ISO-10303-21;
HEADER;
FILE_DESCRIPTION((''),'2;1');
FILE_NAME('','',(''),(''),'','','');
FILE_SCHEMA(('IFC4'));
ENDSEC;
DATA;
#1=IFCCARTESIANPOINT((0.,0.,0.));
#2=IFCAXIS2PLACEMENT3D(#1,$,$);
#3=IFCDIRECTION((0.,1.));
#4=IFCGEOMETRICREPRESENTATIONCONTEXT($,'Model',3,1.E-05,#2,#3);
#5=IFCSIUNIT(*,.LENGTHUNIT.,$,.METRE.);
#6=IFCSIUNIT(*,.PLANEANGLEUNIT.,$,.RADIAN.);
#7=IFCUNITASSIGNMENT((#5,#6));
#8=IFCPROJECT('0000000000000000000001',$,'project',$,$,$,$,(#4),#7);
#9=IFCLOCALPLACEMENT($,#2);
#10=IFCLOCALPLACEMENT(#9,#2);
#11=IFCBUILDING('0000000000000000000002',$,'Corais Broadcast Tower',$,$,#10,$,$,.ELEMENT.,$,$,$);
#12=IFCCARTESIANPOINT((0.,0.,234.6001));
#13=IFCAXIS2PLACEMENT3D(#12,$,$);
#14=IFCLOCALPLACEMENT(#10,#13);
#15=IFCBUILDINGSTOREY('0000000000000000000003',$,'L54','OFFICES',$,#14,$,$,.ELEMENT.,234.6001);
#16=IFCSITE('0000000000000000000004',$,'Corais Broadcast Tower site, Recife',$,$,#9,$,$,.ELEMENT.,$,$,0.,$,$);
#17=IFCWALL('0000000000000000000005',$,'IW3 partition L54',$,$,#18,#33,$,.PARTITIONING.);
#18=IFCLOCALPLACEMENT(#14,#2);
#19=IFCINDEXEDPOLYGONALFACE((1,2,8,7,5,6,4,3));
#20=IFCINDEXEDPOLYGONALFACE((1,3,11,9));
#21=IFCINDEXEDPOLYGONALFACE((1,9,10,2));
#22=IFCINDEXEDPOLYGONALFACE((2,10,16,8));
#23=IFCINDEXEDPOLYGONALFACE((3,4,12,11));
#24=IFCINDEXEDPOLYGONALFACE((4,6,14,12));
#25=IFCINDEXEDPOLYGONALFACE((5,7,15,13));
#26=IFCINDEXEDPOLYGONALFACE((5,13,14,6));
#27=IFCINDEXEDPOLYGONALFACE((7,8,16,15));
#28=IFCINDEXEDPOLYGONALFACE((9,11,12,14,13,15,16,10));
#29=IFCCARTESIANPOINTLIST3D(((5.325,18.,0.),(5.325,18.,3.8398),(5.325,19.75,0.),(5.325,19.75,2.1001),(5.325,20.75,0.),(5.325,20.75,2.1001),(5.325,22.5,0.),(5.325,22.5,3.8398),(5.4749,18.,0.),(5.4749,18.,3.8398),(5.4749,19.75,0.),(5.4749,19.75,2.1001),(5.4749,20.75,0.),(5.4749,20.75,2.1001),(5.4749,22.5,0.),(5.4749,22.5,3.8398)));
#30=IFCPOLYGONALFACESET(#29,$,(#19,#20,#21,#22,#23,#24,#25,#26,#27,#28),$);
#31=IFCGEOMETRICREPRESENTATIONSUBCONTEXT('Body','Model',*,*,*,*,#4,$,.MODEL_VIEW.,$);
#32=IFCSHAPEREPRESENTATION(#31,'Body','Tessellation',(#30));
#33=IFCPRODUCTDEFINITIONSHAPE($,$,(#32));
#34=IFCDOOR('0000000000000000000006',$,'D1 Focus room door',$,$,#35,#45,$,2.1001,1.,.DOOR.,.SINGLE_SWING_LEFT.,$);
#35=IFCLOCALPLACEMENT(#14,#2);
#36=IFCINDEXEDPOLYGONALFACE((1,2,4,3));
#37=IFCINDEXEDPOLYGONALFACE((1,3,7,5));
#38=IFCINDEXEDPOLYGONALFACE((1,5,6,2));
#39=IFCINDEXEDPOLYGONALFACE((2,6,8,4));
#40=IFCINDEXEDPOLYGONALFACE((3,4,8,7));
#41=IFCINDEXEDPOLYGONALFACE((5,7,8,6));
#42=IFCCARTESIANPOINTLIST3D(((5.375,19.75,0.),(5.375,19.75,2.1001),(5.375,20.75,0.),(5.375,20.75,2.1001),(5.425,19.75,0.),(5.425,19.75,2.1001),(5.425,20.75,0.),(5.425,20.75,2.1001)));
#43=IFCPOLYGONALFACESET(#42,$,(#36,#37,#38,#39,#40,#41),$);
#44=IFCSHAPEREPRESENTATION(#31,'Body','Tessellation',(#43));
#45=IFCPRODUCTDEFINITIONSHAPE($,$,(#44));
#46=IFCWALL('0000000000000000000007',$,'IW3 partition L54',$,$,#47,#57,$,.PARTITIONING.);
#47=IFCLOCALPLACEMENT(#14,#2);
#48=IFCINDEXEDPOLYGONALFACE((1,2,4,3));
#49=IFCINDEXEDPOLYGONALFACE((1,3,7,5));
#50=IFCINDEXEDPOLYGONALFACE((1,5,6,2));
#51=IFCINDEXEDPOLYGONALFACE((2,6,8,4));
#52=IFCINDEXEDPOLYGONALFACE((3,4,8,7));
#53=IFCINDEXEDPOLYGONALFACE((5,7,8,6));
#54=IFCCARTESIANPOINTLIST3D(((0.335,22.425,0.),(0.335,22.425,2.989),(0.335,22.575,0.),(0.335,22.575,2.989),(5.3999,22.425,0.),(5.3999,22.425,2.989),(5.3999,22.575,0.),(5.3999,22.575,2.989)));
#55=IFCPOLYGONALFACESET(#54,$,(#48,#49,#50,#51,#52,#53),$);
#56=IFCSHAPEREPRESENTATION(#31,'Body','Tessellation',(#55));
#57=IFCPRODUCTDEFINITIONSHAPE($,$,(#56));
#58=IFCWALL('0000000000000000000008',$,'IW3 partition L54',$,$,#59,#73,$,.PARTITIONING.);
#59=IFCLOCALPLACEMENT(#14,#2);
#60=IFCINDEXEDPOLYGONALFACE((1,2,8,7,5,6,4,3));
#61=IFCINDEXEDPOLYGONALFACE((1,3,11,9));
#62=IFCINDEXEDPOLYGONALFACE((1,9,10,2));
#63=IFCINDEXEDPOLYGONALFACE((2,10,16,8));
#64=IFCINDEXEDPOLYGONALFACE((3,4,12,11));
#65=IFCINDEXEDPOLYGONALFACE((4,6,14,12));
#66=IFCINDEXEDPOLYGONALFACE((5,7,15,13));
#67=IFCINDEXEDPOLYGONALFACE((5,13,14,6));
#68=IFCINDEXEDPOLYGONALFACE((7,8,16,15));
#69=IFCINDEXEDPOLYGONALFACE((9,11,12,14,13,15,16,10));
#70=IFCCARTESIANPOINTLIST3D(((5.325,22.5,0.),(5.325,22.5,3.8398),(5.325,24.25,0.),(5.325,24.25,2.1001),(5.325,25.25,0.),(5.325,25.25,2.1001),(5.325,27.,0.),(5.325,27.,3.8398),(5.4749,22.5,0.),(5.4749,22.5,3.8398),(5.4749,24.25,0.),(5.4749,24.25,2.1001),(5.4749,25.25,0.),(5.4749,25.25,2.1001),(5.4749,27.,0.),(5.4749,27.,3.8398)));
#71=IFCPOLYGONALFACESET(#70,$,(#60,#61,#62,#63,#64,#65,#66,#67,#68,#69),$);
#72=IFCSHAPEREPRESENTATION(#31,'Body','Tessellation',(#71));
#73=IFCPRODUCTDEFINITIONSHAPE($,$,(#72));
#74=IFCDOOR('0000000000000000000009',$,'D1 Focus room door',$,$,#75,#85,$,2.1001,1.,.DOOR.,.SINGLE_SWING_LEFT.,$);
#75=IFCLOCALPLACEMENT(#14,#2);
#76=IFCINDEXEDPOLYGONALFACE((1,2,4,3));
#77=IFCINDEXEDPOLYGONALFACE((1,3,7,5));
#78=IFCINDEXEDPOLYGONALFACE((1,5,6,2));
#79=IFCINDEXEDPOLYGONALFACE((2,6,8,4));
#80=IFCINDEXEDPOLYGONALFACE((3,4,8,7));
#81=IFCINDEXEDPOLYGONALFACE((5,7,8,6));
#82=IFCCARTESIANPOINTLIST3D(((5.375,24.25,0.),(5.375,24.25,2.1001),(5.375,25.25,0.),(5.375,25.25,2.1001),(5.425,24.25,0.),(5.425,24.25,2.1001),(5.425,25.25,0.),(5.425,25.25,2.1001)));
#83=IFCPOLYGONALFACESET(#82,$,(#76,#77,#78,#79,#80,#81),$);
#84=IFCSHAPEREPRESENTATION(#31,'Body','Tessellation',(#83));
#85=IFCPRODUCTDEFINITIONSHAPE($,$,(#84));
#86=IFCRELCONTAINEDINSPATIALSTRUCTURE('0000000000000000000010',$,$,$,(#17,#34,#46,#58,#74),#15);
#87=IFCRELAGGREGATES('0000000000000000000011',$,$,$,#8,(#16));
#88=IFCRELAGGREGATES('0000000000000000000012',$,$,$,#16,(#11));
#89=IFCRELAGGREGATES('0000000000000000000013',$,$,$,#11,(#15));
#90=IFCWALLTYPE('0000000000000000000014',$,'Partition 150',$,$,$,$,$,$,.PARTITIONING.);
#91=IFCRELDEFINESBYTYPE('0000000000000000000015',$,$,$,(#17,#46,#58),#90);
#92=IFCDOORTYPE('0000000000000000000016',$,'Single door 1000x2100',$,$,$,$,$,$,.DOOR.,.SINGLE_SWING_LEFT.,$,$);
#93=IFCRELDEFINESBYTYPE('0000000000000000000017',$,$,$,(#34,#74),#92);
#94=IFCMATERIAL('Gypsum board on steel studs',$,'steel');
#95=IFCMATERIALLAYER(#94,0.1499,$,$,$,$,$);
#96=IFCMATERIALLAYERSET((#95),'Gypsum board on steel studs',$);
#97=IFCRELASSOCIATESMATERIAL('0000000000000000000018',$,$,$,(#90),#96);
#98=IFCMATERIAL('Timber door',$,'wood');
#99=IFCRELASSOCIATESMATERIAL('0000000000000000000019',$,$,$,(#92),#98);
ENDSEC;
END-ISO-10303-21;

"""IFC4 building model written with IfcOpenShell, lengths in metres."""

from ifc_helpers import new_model, si_unit, direction, frame, frame_2d, origin, place, context, subcontext, project, spatial, rectangle, extrude, material, layer, layer_set, type_object, element, fill, save


model = new_model("IFC4")

# Units and contexts
model_context = context("Model", 3, precision=1e-05, world=origin(), true_north=direction((0.0, 1.0)))
body_context = subcontext(model_context, "Body", "Model", "MODEL_VIEW")
ifc_project = project(units=[si_unit("LENGTHUNIT", "METRE"), si_unit("PLANEANGLEUNIT", "RADIAN")], contexts=[model_context])

# Site, building, storey
site_placement = place(None, origin())
site = spatial("IfcSite", under=ifc_project, at=site_placement, Name="Corais Broadcast Tower site, Recife", CompositionType="ELEMENT", RefElevation=0.0)
building_placement = place(site_placement, origin())
building = spatial("IfcBuilding", under=site, at=building_placement, Name="Corais Broadcast Tower", CompositionType="ELEMENT")
storey_placement = place(building_placement, frame((0.0, 0.0, 234.6001)))
storey = spatial("IfcBuildingStorey", under=building, at=storey_placement, Name="L54", Description="OFFICES", CompositionType="ELEMENT", Elevation=234.6001)

# Shared definitions
ifc_material_1 = material(Name="Gypsum board on steel studs", Category="steel")
ifc_layer_1 = layer(ifc_material_1, 0.1499)
ifc_layer_set_1 = layer_set([ifc_layer_1], Name="Gypsum board on steel studs")
wall_type_1 = type_object("IfcWallType", Name="Partition 150", PredefinedType="PARTITIONING", material=ifc_layer_set_1)

# Wall, opening, door
wall_1_placement = place(storey_placement, frame((5.3999, 18.0, 0.0), z_axis=(0.0, 0.0, 1.0), x_axis=(0.0, 1.0, 0.0)))
wall_1 = element("IfcWall", 1, at=wall_1_placement, inside=storey, type_object=wall_type_1, Name="IW3 partition L54", PredefinedType="PARTITIONING", context=body_context, shape_type="SweptSolid", body=[
    extrude(rectangle(XDim=4.5, YDim=0.1499, at=frame_2d((2.25, 0.0))), origin(), (0.0, 0.0, 1.0), 3.8398),
])
opening_1_placement = place(wall_1_placement, frame((1.75, 0.0, 0.0)))
opening_1 = element("IfcOpeningElement", 2, at=opening_1_placement, cuts=wall_1, PredefinedType="OPENING", context=body_context, shape_type="SweptSolid", body=[
    extrude(rectangle(XDim=1.0, YDim=2.1001, at=frame_2d((0.5, 1.05))), frame((0.0, 0.085, 0.0), z_axis=(0.0, -1.0, 0.0), x_axis=(1.0, 0.0, 0.0)), (0.0, 0.0, 1.0), 0.1699),
])
ifc_material_2 = material(Name="Timber door", Category="wood")
door_type = type_object("IfcDoorType", Name="Single door 1000x2100", OperationType="SINGLE_SWING_LEFT", PredefinedType="DOOR", material=ifc_material_2)
door_1_placement = place(opening_1_placement, origin())
door_1 = element("IfcDoor", 3, at=door_1_placement, inside=storey, type_object=door_type, Name="D1 Focus room door", OperationType="SINGLE_SWING_LEFT", OverallHeight=2.1001, OverallWidth=1.0, PredefinedType="DOOR", context=body_context, shape_type="SweptSolid", body=[
    extrude(rectangle(XDim=1.0, YDim=2.1001, at=frame_2d((0.5, 1.05))), frame((0.0, 0.0249, 0.0), z_axis=(0.0, -1.0, 0.0), x_axis=(1.0, 0.0, 0.0)), (0.0, 0.0, 1.0), 0.05),
])
fill(opening_1, door_1)

# Wall
wall_2_placement = place(storey_placement, frame((5.3999, 22.5, 0.0), z_axis=(0.0, 0.0, 1.0), x_axis=(-1.0, 0.0, 0.0)))
element("IfcWall", 4, at=wall_2_placement, inside=storey, type_object=wall_type_1, Name="IW3 partition L54", PredefinedType="PARTITIONING", context=body_context, shape_type="SweptSolid", body=[
    extrude(rectangle(XDim=5.0649, YDim=0.1499, at=frame_2d((2.5325, 0.0))), origin(), (0.0, 0.0, 1.0), 2.989),
])

# Wall, opening, door
wall_3_placement = place(storey_placement, frame((5.3999, 22.5, 0.0), z_axis=(0.0, 0.0, 1.0), x_axis=(0.0, 1.0, 0.0)))
wall_3 = element("IfcWall", 5, at=wall_3_placement, inside=storey, type_object=wall_type_1, Name="IW3 partition L54", PredefinedType="PARTITIONING", context=body_context, shape_type="SweptSolid", body=[
    extrude(rectangle(XDim=4.5, YDim=0.1499, at=frame_2d((2.25, 0.0))), origin(), (0.0, 0.0, 1.0), 3.8398),
])
opening_2_placement = place(wall_3_placement, frame((1.75, 0.0, 0.0)))
opening_2 = element("IfcOpeningElement", 6, at=opening_2_placement, cuts=wall_3, PredefinedType="OPENING", context=body_context, shape_type="SweptSolid", body=[
    extrude(rectangle(XDim=1.0, YDim=2.1001, at=frame_2d((0.5, 1.05))), frame((0.0, 0.085, 0.0), z_axis=(0.0, -1.0, 0.0), x_axis=(1.0, 0.0, 0.0)), (0.0, 0.0, 1.0), 0.1699),
])
door_2_placement = place(opening_2_placement, origin())
door_2 = element("IfcDoor", 7, at=door_2_placement, inside=storey, type_object=door_type, Name="D1 Focus room door", OperationType="SINGLE_SWING_LEFT", OverallHeight=2.1001, OverallWidth=1.0, PredefinedType="DOOR", context=body_context, shape_type="SweptSolid", body=[
    extrude(rectangle(XDim=1.0, YDim=2.1001, at=frame_2d((0.5, 1.05))), frame((0.0, 0.0249, 0.0), z_axis=(0.0, -1.0, 0.0), x_axis=(1.0, 0.0, 0.0)), (0.0, 0.0, 1.0), 0.05),
])
fill(opening_2, door_2)

save(model, "model.ifc")
